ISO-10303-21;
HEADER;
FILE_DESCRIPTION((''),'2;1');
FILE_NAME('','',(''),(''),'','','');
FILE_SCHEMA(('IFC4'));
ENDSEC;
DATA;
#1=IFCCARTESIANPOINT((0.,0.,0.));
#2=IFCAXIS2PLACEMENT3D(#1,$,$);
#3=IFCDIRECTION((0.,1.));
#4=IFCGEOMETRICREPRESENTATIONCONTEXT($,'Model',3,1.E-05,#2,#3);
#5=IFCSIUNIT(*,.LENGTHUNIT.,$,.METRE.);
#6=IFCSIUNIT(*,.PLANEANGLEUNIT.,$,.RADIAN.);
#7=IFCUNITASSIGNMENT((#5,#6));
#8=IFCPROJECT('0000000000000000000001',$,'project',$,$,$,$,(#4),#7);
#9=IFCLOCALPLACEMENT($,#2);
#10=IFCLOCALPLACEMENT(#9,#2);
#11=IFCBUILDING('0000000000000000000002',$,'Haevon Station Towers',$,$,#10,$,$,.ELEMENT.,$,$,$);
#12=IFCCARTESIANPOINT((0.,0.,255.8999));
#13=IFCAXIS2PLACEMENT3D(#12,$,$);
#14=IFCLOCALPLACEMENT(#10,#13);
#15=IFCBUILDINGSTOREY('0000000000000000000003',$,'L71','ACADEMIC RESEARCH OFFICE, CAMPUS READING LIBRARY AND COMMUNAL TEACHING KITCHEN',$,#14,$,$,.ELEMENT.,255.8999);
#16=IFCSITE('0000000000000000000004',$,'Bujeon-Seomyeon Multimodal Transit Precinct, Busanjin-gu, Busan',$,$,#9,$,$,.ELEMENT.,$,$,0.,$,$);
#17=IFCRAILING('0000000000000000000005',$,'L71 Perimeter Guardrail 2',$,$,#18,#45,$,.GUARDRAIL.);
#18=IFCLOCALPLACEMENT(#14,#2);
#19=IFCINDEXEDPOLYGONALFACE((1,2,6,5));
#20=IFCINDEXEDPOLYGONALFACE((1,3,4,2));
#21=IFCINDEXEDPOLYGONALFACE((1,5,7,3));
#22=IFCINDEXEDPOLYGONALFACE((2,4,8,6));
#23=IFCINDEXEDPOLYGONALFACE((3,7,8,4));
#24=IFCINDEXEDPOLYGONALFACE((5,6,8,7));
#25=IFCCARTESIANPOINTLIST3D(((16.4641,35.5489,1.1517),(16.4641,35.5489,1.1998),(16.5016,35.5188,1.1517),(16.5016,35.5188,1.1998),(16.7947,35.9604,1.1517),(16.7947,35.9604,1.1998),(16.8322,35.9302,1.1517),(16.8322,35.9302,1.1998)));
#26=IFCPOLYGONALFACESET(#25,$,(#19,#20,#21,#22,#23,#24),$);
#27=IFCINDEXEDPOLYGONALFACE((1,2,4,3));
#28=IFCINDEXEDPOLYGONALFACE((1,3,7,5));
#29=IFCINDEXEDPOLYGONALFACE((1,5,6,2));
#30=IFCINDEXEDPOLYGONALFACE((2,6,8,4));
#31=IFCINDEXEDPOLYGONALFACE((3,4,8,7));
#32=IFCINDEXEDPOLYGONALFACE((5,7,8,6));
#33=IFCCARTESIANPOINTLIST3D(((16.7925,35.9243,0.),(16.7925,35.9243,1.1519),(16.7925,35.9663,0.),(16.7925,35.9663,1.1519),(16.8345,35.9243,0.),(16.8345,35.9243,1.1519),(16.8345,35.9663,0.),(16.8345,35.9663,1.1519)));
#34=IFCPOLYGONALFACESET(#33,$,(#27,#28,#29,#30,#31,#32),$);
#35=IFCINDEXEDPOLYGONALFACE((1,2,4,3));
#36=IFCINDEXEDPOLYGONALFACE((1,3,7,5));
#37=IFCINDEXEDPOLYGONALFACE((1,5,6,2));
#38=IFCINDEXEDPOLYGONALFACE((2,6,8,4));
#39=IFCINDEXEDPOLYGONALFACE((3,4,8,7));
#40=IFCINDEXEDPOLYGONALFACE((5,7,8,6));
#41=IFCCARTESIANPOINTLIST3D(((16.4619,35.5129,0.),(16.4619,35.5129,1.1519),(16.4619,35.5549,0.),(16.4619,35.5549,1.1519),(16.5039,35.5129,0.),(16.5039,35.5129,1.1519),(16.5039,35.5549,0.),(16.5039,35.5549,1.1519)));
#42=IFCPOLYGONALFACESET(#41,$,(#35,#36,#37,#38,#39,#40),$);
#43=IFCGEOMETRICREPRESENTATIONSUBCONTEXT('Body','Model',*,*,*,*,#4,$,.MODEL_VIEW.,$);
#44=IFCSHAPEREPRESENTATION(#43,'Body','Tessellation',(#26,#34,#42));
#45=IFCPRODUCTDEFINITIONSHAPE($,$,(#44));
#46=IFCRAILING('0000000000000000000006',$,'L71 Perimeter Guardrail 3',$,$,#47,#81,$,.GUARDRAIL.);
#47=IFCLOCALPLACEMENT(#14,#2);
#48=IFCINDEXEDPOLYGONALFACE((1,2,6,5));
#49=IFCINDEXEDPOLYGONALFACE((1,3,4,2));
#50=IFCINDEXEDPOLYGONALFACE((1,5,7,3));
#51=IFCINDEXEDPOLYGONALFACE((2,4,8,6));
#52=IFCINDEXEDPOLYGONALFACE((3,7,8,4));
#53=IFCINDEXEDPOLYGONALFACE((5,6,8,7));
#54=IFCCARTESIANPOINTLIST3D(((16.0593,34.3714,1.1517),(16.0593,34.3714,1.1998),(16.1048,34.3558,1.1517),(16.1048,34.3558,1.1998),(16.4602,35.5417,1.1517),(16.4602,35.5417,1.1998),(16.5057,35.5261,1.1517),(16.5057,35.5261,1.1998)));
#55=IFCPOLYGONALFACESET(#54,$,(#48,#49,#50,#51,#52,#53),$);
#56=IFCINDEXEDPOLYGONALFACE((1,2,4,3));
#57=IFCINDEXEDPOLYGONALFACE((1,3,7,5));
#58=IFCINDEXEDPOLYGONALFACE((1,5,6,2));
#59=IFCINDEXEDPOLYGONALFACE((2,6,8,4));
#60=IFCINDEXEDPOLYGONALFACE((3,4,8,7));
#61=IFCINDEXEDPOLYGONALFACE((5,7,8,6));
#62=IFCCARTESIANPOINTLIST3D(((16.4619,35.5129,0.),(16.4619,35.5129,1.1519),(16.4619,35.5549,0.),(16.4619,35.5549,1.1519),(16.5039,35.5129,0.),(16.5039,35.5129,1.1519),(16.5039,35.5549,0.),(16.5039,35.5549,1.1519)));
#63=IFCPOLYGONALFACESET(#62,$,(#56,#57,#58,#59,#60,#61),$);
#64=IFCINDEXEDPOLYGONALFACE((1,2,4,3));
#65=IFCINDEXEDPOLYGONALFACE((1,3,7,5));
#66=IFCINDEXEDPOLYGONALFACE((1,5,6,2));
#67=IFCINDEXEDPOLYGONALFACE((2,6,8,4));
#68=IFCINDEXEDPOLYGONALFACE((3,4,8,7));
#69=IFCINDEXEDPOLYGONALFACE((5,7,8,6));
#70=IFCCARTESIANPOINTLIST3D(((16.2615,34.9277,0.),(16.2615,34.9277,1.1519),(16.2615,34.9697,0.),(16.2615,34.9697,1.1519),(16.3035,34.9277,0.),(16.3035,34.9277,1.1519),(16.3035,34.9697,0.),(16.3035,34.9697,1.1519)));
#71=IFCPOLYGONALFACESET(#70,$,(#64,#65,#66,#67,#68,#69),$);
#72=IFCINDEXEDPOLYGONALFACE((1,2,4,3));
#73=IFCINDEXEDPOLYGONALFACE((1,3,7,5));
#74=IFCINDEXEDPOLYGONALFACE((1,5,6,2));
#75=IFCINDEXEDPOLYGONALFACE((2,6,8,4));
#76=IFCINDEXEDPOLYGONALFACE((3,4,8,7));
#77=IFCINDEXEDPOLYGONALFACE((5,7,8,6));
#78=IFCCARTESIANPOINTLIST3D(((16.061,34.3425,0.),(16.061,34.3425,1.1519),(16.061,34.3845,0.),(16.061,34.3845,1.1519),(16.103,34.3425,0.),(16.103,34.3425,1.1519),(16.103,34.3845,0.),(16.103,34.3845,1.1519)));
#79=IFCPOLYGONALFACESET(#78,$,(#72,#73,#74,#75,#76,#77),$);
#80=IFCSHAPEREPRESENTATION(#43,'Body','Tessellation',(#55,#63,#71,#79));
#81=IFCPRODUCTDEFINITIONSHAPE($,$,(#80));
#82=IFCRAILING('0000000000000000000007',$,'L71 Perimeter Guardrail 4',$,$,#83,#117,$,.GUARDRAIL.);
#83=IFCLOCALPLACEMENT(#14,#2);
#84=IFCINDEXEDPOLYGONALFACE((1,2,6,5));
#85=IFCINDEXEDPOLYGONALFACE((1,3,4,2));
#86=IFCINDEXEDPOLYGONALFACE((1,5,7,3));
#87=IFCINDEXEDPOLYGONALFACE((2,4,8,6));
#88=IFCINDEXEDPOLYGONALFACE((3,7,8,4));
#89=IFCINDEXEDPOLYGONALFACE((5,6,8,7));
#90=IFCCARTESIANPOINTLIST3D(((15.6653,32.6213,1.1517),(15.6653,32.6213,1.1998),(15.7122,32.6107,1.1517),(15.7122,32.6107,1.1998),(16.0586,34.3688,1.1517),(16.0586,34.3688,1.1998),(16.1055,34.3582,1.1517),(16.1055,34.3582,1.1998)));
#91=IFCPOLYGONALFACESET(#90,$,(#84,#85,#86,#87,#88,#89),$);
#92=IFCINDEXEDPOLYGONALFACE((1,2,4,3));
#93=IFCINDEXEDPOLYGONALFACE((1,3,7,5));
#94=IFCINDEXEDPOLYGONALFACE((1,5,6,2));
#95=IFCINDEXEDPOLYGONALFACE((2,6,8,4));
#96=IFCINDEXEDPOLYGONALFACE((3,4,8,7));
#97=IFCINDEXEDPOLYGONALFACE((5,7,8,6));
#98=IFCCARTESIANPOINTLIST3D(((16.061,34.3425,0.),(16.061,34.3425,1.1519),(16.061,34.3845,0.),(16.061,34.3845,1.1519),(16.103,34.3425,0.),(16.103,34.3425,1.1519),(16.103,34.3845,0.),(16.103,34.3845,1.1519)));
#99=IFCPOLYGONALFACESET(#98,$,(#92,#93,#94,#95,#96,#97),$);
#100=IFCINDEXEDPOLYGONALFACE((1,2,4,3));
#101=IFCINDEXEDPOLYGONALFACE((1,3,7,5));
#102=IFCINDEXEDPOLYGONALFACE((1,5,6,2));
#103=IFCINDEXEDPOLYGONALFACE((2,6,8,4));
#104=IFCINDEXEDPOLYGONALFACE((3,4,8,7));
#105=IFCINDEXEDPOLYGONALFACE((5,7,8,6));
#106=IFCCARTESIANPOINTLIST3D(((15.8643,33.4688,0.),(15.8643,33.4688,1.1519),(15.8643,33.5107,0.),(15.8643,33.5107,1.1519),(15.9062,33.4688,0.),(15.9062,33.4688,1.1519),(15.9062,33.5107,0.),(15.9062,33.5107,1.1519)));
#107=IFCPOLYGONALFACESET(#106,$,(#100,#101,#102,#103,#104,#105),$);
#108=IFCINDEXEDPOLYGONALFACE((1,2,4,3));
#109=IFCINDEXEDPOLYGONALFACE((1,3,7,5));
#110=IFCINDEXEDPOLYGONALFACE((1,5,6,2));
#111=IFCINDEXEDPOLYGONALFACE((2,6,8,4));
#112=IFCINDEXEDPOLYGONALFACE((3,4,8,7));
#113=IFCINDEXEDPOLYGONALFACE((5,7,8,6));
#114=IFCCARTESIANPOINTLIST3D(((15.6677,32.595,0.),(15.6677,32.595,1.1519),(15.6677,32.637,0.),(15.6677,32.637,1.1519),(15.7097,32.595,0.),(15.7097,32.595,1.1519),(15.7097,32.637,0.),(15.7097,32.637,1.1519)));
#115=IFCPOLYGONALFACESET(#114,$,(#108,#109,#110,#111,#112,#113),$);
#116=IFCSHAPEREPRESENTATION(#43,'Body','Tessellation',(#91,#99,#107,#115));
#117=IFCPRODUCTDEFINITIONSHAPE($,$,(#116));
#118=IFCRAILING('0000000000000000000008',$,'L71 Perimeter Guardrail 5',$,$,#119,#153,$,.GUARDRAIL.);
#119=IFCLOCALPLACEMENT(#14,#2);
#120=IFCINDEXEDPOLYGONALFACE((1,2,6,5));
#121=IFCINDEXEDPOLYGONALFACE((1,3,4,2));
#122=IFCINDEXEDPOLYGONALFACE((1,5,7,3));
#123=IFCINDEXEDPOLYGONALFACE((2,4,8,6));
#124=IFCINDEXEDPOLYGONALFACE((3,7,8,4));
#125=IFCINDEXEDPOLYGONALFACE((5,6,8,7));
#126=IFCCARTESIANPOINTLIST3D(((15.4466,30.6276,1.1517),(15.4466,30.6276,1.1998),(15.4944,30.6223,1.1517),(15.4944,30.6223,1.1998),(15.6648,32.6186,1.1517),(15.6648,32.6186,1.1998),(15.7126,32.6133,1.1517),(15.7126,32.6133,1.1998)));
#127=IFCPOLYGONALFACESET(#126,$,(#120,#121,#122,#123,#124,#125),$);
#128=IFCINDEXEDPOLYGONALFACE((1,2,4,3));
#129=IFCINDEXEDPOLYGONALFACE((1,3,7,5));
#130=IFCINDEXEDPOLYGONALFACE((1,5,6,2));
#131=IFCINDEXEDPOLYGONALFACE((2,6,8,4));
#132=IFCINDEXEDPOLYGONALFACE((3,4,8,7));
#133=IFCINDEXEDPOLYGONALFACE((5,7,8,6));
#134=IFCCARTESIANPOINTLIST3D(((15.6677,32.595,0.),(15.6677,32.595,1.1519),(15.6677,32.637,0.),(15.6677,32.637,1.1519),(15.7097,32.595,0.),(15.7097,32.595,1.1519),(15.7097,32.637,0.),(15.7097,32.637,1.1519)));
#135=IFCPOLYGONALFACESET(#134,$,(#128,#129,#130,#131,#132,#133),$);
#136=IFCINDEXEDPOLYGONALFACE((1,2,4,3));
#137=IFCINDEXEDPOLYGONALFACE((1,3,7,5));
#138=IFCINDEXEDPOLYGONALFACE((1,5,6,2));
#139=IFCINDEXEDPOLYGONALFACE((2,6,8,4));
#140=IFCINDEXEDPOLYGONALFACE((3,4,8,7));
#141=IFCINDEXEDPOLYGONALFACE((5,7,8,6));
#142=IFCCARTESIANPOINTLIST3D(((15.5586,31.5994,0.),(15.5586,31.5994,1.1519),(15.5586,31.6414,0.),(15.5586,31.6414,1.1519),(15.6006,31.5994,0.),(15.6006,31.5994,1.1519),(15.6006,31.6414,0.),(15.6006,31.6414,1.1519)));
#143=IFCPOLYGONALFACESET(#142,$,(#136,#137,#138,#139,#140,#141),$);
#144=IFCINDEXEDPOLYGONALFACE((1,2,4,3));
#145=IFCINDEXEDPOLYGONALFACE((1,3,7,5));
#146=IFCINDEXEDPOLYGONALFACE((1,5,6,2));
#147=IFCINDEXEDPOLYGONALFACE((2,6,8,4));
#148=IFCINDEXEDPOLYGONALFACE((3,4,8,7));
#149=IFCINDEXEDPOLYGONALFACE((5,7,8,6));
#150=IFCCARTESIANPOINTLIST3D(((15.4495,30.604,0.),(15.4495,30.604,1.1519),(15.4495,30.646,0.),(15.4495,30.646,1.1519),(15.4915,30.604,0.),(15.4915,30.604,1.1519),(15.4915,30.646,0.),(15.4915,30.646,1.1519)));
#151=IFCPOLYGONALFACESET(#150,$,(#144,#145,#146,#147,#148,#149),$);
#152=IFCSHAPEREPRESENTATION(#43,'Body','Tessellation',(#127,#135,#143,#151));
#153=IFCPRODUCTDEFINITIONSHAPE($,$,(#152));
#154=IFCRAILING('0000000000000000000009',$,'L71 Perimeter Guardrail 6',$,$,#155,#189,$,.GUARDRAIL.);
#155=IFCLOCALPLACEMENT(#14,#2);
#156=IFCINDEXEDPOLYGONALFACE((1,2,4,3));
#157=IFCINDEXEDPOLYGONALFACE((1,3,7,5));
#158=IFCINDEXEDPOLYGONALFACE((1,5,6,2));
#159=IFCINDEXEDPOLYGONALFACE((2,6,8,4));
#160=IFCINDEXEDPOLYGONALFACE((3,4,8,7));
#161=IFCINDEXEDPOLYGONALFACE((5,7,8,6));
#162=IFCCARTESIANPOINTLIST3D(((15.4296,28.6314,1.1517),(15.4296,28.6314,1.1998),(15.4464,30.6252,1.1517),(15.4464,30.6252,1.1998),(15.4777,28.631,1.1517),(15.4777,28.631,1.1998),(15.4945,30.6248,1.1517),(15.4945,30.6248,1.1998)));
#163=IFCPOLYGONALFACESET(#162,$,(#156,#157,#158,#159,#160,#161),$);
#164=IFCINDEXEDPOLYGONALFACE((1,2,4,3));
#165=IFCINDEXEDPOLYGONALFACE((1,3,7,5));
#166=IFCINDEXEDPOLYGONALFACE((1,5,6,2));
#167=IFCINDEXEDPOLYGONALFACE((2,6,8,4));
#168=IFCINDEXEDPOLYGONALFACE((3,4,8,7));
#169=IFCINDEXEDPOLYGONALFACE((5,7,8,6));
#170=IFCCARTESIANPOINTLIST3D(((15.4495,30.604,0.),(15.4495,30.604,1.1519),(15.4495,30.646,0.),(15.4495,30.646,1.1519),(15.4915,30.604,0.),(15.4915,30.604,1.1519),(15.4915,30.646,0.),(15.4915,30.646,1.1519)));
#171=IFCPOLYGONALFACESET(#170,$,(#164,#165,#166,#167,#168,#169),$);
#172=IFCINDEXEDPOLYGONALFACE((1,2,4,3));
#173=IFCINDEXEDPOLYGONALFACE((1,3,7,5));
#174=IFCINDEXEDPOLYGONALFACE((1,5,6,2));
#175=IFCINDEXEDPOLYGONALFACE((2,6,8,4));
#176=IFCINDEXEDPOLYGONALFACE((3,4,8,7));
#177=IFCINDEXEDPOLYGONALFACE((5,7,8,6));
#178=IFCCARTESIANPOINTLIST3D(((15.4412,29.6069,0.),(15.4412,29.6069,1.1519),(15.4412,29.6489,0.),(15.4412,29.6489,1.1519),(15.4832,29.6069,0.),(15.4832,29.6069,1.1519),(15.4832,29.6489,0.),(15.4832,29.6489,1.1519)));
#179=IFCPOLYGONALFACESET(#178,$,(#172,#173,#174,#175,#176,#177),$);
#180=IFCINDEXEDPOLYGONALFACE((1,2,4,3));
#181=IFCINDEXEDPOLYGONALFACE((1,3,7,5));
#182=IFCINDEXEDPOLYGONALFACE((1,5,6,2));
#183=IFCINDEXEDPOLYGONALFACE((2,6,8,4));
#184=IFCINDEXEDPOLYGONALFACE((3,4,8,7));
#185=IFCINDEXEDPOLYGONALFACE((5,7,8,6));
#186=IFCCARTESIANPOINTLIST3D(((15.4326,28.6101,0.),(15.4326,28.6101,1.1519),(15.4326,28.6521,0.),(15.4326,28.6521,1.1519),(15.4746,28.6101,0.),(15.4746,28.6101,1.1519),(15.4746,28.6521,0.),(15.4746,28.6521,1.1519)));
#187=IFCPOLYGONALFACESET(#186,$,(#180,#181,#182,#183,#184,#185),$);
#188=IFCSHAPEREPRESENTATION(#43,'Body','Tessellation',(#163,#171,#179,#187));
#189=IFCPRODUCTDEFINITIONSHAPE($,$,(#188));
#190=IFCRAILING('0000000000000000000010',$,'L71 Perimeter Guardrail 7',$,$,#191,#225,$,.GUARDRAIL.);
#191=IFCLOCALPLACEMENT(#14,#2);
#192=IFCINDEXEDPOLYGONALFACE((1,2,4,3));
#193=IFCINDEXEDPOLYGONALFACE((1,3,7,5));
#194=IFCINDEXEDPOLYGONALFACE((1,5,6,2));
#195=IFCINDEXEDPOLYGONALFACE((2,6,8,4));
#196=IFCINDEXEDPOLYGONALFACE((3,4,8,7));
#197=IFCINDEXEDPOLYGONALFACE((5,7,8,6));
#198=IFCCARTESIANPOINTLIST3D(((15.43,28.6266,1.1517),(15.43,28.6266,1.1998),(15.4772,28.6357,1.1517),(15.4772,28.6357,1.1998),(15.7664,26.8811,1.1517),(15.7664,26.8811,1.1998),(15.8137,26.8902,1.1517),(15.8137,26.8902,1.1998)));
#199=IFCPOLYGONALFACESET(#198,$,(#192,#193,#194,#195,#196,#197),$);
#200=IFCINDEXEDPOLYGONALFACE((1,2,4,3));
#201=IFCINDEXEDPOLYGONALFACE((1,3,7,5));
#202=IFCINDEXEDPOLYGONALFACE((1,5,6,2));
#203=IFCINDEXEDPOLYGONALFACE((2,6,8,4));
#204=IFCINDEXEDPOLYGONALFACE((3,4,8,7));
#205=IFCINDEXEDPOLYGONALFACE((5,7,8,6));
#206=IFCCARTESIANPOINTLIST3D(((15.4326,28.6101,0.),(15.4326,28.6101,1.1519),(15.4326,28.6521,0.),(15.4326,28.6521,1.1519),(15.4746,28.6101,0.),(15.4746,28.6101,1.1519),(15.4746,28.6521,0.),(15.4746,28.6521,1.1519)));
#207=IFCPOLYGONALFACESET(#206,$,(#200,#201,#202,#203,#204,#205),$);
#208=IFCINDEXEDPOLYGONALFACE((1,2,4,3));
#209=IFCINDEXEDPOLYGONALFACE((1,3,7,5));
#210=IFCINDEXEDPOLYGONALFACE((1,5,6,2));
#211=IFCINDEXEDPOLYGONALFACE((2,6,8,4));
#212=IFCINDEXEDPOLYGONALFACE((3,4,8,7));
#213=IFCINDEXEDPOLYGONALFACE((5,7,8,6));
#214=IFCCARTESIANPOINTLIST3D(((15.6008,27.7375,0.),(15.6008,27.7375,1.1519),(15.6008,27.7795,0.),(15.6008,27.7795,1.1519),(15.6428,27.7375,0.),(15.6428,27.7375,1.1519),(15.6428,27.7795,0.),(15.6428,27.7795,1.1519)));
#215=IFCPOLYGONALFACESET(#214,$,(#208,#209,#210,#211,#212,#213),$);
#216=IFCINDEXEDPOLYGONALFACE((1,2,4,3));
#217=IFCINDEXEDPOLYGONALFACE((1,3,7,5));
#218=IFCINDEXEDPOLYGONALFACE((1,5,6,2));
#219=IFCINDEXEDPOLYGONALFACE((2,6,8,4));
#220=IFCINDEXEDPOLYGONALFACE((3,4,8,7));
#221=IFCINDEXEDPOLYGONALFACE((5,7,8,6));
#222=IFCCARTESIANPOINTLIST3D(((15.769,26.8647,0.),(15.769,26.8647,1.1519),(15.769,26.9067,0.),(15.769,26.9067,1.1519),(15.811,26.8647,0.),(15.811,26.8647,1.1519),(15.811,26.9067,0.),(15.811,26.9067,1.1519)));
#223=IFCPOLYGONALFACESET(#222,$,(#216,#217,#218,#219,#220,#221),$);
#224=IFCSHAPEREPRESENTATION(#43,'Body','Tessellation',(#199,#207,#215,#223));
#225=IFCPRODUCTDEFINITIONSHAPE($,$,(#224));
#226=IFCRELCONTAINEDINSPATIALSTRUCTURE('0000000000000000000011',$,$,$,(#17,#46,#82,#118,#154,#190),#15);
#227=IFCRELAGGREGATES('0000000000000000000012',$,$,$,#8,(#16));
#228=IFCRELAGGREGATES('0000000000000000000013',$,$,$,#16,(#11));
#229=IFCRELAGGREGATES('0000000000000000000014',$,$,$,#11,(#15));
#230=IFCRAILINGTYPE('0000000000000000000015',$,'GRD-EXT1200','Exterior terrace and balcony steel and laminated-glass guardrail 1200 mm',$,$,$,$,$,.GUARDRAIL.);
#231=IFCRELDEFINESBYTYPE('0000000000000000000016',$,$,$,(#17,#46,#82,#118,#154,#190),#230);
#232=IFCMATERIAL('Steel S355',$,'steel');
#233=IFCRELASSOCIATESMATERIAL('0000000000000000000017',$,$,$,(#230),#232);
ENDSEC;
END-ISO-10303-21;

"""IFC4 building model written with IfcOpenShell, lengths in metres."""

from ifc_helpers import new_model, si_unit, direction, frame, origin, origin_2d, place, context, subcontext, project, spatial, rectangle, extrude, material, type_object, element, save


model = new_model("IFC4")

# Units and contexts
model_context = context("Model", 3, precision=1e-05, world=origin(), true_north=direction((0.0, 1.0)))
body_context = subcontext(model_context, "Body", "Model", "MODEL_VIEW")
ifc_project = project(units=[si_unit("LENGTHUNIT", "METRE"), si_unit("PLANEANGLEUNIT", "RADIAN")], contexts=[model_context])

# Site, building, storey
site_placement = place(None, origin())
site = spatial("IfcSite", under=ifc_project, at=site_placement, Name="Bujeon-Seomyeon Multimodal Transit Precinct, Busanjin-gu, Busan", CompositionType="ELEMENT", RefElevation=0.0)
building_placement = place(site_placement, origin())
building = spatial("IfcBuilding", under=site, at=building_placement, Name="Haevon Station Towers", CompositionType="ELEMENT")
storey_placement = place(building_placement, frame((0.0, 0.0, 255.8999)))
storey = spatial("IfcBuildingStorey", under=building, at=storey_placement, Name="L71", Description="ACADEMIC RESEARCH OFFICE, CAMPUS READING LIBRARY AND COMMUNAL TEACHING KITCHEN", CompositionType="ELEMENT", Elevation=255.8999)

# Shared definitions
ifc_material_1 = material(Name="Steel S355", Category="steel")

# Railings
railing_type = type_object("IfcRailingType", Name="GRD-EXT1200", Description="Exterior terrace and balcony steel and laminated-glass guardrail 1200 mm", PredefinedType="GUARDRAIL", material=ifc_material_1)
railing_1_placement = place(storey_placement, frame((16.8135, 35.9453, 0.0)))
element("IfcRailing", 1, at=railing_1_placement, inside=storey, type_object=railing_type, Name="L71 Perimeter Guardrail 2", PredefinedType="GUARDRAIL", context=body_context, shape_type="SweptSolid", body=[
    extrude(rectangle(XDim=0.0481, YDim=0.0481, at=origin_2d()), frame((0.0, 0.0, 1.1758), z_axis=(-0.626386, -0.779513, 0.0), x_axis=(0.779513, -0.626386, 0.0)), (0.0, 0.0, 1.0), 0.5278),
    extrude(rectangle(XDim=0.042, YDim=0.042, at=origin_2d()), origin(), (0.0, 0.0, 1.0), 1.1519),
    extrude(rectangle(XDim=0.042, YDim=0.042, at=origin_2d()), frame((-0.3306, -0.4114, 0.0)), (0.0, 0.0, 1.0), 1.1519),
])
railing_2_placement = place(storey_placement, frame((16.4829, 35.5339, 0.0)))
element("IfcRailing", 2, at=railing_2_placement, inside=storey, type_object=railing_type, Name="L71 Perimeter Guardrail 3", PredefinedType="GUARDRAIL", context=body_context, shape_type="SweptSolid", body=[
    extrude(rectangle(XDim=0.0481, YDim=0.0481, at=origin_2d()), frame((0.0, 0.0, 1.1758), z_axis=(-0.324032, -0.946046, 0.0), x_axis=(0.946046, -0.324032, 0.0)), (0.0, 0.0, 1.0), 1.2371),
    extrude(rectangle(XDim=0.042, YDim=0.042, at=origin_2d()), origin(), (0.0, 0.0, 1.0), 1.1519),
    extrude(rectangle(XDim=0.042, YDim=0.042, at=origin_2d()), frame((-0.2004, -0.5852, 0.0)), (0.0, 0.0, 1.0), 1.1519),
    extrude(rectangle(XDim=0.042, YDim=0.042, at=origin_2d()), frame((-0.4009, -1.1704, 0.0)), (0.0, 0.0, 1.0), 1.1519),
])
railing_3_placement = place(storey_placement, frame((16.082, 34.3635, 0.0)))
element("IfcRailing", 3, at=railing_3_placement, inside=storey, type_object=railing_type, Name="L71 Perimeter Guardrail 4", PredefinedType="GUARDRAIL", context=body_context, shape_type="SweptSolid", body=[
    extrude(rectangle(XDim=0.0481, YDim=0.0481, at=origin_2d()), frame((0.0, 0.0, 1.1758), z_axis=(-0.219571, -0.975597, 0.0), x_axis=(0.975597, -0.219571, 0.0)), (0.0, 0.0, 1.0), 1.7913),
    extrude(rectangle(XDim=0.042, YDim=0.042, at=origin_2d()), origin(), (0.0, 0.0, 1.0), 1.1519),
    extrude(rectangle(XDim=0.042, YDim=0.042, at=origin_2d()), frame((-0.1968, -0.8738, 0.0)), (0.0, 0.0, 1.0), 1.1519),
    extrude(rectangle(XDim=0.042, YDim=0.042, at=origin_2d()), frame((-0.3933, -1.7476, 0.0)), (0.0, 0.0, 1.0), 1.1519),
])
railing_4_placement = place(storey_placement, frame((15.6887, 32.616, 0.0)))
element("IfcRailing", 4, at=railing_4_placement, inside=storey, type_object=railing_type, Name="L71 Perimeter Guardrail 5", PredefinedType="GUARDRAIL", context=body_context, shape_type="SweptSolid", body=[
    extrude(rectangle(XDim=0.0481, YDim=0.0481, at=origin_2d()), frame((0.0, 0.0, 1.1758), z_axis=(-0.108973, -0.994045, 0.0), x_axis=(0.994045, -0.108973, 0.0)), (0.0, 0.0, 1.0), 2.0029),
    extrude(rectangle(XDim=0.042, YDim=0.042, at=origin_2d()), origin(), (0.0, 0.0, 1.0), 1.1519),
    extrude(rectangle(XDim=0.042, YDim=0.042, at=origin_2d()), frame((-0.1091, -0.9956, 0.0)), (0.0, 0.0, 1.0), 1.1519),
    extrude(rectangle(XDim=0.042, YDim=0.042, at=origin_2d()), frame((-0.2183, -1.991, 0.0)), (0.0, 0.0, 1.0), 1.1519),
])
railing_5_placement = place(storey_placement, frame((15.4705, 30.625, 0.0)))
element("IfcRailing", 5, at=railing_5_placement, inside=storey, type_object=railing_type, Name="L71 Perimeter Guardrail 6", PredefinedType="GUARDRAIL", context=body_context, shape_type="SweptSolid", body=[
    extrude(rectangle(XDim=0.0481, YDim=0.0481, at=origin_2d()), frame((0.0, 0.0, 1.1758), z_axis=(-0.008448, -0.999964, 0.0), x_axis=(0.999964, -0.008448, 0.0)), (0.0, 0.0, 1.0), 1.9939),
    extrude(rectangle(XDim=0.042, YDim=0.042, at=origin_2d()), origin(), (0.0, 0.0, 1.0), 1.1519),
    extrude(rectangle(XDim=0.042, YDim=0.042, at=origin_2d()), frame((-0.0083, -0.9971, 0.0)), (0.0, 0.0, 1.0), 1.1519),
    extrude(rectangle(XDim=0.042, YDim=0.042, at=origin_2d()), frame((-0.0168, -1.9939, 0.0)), (0.0, 0.0, 1.0), 1.1519),
])
railing_6_placement = place(storey_placement, frame((15.4536, 28.6311, 0.0)))
element("IfcRailing", 6, at=railing_6_placement, inside=storey, type_object=railing_type, Name="L71 Perimeter Guardrail 7", PredefinedType="GUARDRAIL", context=body_context, shape_type="SweptSolid", body=[
    extrude(rectangle(XDim=0.0481, YDim=0.0481, at=origin_2d()), frame((0.0, 0.0, 1.1758), z_axis=(0.18927, -0.981925, 0.0), x_axis=(0.981925, 0.18927, 0.0)), (0.0, 0.0, 1.0), 1.7776),
    extrude(rectangle(XDim=0.042, YDim=0.042, at=origin_2d()), origin(), (0.0, 0.0, 1.0), 1.1519),
    extrude(rectangle(XDim=0.042, YDim=0.042, at=origin_2d()), frame((0.1682, -0.8726, 0.0)), (0.0, 0.0, 1.0), 1.1519),
    extrude(rectangle(XDim=0.042, YDim=0.042, at=origin_2d()), frame((0.3364, -1.7454, 0.0)), (0.0, 0.0, 1.0), 1.1519),
])

save(model, "model.ifc")
